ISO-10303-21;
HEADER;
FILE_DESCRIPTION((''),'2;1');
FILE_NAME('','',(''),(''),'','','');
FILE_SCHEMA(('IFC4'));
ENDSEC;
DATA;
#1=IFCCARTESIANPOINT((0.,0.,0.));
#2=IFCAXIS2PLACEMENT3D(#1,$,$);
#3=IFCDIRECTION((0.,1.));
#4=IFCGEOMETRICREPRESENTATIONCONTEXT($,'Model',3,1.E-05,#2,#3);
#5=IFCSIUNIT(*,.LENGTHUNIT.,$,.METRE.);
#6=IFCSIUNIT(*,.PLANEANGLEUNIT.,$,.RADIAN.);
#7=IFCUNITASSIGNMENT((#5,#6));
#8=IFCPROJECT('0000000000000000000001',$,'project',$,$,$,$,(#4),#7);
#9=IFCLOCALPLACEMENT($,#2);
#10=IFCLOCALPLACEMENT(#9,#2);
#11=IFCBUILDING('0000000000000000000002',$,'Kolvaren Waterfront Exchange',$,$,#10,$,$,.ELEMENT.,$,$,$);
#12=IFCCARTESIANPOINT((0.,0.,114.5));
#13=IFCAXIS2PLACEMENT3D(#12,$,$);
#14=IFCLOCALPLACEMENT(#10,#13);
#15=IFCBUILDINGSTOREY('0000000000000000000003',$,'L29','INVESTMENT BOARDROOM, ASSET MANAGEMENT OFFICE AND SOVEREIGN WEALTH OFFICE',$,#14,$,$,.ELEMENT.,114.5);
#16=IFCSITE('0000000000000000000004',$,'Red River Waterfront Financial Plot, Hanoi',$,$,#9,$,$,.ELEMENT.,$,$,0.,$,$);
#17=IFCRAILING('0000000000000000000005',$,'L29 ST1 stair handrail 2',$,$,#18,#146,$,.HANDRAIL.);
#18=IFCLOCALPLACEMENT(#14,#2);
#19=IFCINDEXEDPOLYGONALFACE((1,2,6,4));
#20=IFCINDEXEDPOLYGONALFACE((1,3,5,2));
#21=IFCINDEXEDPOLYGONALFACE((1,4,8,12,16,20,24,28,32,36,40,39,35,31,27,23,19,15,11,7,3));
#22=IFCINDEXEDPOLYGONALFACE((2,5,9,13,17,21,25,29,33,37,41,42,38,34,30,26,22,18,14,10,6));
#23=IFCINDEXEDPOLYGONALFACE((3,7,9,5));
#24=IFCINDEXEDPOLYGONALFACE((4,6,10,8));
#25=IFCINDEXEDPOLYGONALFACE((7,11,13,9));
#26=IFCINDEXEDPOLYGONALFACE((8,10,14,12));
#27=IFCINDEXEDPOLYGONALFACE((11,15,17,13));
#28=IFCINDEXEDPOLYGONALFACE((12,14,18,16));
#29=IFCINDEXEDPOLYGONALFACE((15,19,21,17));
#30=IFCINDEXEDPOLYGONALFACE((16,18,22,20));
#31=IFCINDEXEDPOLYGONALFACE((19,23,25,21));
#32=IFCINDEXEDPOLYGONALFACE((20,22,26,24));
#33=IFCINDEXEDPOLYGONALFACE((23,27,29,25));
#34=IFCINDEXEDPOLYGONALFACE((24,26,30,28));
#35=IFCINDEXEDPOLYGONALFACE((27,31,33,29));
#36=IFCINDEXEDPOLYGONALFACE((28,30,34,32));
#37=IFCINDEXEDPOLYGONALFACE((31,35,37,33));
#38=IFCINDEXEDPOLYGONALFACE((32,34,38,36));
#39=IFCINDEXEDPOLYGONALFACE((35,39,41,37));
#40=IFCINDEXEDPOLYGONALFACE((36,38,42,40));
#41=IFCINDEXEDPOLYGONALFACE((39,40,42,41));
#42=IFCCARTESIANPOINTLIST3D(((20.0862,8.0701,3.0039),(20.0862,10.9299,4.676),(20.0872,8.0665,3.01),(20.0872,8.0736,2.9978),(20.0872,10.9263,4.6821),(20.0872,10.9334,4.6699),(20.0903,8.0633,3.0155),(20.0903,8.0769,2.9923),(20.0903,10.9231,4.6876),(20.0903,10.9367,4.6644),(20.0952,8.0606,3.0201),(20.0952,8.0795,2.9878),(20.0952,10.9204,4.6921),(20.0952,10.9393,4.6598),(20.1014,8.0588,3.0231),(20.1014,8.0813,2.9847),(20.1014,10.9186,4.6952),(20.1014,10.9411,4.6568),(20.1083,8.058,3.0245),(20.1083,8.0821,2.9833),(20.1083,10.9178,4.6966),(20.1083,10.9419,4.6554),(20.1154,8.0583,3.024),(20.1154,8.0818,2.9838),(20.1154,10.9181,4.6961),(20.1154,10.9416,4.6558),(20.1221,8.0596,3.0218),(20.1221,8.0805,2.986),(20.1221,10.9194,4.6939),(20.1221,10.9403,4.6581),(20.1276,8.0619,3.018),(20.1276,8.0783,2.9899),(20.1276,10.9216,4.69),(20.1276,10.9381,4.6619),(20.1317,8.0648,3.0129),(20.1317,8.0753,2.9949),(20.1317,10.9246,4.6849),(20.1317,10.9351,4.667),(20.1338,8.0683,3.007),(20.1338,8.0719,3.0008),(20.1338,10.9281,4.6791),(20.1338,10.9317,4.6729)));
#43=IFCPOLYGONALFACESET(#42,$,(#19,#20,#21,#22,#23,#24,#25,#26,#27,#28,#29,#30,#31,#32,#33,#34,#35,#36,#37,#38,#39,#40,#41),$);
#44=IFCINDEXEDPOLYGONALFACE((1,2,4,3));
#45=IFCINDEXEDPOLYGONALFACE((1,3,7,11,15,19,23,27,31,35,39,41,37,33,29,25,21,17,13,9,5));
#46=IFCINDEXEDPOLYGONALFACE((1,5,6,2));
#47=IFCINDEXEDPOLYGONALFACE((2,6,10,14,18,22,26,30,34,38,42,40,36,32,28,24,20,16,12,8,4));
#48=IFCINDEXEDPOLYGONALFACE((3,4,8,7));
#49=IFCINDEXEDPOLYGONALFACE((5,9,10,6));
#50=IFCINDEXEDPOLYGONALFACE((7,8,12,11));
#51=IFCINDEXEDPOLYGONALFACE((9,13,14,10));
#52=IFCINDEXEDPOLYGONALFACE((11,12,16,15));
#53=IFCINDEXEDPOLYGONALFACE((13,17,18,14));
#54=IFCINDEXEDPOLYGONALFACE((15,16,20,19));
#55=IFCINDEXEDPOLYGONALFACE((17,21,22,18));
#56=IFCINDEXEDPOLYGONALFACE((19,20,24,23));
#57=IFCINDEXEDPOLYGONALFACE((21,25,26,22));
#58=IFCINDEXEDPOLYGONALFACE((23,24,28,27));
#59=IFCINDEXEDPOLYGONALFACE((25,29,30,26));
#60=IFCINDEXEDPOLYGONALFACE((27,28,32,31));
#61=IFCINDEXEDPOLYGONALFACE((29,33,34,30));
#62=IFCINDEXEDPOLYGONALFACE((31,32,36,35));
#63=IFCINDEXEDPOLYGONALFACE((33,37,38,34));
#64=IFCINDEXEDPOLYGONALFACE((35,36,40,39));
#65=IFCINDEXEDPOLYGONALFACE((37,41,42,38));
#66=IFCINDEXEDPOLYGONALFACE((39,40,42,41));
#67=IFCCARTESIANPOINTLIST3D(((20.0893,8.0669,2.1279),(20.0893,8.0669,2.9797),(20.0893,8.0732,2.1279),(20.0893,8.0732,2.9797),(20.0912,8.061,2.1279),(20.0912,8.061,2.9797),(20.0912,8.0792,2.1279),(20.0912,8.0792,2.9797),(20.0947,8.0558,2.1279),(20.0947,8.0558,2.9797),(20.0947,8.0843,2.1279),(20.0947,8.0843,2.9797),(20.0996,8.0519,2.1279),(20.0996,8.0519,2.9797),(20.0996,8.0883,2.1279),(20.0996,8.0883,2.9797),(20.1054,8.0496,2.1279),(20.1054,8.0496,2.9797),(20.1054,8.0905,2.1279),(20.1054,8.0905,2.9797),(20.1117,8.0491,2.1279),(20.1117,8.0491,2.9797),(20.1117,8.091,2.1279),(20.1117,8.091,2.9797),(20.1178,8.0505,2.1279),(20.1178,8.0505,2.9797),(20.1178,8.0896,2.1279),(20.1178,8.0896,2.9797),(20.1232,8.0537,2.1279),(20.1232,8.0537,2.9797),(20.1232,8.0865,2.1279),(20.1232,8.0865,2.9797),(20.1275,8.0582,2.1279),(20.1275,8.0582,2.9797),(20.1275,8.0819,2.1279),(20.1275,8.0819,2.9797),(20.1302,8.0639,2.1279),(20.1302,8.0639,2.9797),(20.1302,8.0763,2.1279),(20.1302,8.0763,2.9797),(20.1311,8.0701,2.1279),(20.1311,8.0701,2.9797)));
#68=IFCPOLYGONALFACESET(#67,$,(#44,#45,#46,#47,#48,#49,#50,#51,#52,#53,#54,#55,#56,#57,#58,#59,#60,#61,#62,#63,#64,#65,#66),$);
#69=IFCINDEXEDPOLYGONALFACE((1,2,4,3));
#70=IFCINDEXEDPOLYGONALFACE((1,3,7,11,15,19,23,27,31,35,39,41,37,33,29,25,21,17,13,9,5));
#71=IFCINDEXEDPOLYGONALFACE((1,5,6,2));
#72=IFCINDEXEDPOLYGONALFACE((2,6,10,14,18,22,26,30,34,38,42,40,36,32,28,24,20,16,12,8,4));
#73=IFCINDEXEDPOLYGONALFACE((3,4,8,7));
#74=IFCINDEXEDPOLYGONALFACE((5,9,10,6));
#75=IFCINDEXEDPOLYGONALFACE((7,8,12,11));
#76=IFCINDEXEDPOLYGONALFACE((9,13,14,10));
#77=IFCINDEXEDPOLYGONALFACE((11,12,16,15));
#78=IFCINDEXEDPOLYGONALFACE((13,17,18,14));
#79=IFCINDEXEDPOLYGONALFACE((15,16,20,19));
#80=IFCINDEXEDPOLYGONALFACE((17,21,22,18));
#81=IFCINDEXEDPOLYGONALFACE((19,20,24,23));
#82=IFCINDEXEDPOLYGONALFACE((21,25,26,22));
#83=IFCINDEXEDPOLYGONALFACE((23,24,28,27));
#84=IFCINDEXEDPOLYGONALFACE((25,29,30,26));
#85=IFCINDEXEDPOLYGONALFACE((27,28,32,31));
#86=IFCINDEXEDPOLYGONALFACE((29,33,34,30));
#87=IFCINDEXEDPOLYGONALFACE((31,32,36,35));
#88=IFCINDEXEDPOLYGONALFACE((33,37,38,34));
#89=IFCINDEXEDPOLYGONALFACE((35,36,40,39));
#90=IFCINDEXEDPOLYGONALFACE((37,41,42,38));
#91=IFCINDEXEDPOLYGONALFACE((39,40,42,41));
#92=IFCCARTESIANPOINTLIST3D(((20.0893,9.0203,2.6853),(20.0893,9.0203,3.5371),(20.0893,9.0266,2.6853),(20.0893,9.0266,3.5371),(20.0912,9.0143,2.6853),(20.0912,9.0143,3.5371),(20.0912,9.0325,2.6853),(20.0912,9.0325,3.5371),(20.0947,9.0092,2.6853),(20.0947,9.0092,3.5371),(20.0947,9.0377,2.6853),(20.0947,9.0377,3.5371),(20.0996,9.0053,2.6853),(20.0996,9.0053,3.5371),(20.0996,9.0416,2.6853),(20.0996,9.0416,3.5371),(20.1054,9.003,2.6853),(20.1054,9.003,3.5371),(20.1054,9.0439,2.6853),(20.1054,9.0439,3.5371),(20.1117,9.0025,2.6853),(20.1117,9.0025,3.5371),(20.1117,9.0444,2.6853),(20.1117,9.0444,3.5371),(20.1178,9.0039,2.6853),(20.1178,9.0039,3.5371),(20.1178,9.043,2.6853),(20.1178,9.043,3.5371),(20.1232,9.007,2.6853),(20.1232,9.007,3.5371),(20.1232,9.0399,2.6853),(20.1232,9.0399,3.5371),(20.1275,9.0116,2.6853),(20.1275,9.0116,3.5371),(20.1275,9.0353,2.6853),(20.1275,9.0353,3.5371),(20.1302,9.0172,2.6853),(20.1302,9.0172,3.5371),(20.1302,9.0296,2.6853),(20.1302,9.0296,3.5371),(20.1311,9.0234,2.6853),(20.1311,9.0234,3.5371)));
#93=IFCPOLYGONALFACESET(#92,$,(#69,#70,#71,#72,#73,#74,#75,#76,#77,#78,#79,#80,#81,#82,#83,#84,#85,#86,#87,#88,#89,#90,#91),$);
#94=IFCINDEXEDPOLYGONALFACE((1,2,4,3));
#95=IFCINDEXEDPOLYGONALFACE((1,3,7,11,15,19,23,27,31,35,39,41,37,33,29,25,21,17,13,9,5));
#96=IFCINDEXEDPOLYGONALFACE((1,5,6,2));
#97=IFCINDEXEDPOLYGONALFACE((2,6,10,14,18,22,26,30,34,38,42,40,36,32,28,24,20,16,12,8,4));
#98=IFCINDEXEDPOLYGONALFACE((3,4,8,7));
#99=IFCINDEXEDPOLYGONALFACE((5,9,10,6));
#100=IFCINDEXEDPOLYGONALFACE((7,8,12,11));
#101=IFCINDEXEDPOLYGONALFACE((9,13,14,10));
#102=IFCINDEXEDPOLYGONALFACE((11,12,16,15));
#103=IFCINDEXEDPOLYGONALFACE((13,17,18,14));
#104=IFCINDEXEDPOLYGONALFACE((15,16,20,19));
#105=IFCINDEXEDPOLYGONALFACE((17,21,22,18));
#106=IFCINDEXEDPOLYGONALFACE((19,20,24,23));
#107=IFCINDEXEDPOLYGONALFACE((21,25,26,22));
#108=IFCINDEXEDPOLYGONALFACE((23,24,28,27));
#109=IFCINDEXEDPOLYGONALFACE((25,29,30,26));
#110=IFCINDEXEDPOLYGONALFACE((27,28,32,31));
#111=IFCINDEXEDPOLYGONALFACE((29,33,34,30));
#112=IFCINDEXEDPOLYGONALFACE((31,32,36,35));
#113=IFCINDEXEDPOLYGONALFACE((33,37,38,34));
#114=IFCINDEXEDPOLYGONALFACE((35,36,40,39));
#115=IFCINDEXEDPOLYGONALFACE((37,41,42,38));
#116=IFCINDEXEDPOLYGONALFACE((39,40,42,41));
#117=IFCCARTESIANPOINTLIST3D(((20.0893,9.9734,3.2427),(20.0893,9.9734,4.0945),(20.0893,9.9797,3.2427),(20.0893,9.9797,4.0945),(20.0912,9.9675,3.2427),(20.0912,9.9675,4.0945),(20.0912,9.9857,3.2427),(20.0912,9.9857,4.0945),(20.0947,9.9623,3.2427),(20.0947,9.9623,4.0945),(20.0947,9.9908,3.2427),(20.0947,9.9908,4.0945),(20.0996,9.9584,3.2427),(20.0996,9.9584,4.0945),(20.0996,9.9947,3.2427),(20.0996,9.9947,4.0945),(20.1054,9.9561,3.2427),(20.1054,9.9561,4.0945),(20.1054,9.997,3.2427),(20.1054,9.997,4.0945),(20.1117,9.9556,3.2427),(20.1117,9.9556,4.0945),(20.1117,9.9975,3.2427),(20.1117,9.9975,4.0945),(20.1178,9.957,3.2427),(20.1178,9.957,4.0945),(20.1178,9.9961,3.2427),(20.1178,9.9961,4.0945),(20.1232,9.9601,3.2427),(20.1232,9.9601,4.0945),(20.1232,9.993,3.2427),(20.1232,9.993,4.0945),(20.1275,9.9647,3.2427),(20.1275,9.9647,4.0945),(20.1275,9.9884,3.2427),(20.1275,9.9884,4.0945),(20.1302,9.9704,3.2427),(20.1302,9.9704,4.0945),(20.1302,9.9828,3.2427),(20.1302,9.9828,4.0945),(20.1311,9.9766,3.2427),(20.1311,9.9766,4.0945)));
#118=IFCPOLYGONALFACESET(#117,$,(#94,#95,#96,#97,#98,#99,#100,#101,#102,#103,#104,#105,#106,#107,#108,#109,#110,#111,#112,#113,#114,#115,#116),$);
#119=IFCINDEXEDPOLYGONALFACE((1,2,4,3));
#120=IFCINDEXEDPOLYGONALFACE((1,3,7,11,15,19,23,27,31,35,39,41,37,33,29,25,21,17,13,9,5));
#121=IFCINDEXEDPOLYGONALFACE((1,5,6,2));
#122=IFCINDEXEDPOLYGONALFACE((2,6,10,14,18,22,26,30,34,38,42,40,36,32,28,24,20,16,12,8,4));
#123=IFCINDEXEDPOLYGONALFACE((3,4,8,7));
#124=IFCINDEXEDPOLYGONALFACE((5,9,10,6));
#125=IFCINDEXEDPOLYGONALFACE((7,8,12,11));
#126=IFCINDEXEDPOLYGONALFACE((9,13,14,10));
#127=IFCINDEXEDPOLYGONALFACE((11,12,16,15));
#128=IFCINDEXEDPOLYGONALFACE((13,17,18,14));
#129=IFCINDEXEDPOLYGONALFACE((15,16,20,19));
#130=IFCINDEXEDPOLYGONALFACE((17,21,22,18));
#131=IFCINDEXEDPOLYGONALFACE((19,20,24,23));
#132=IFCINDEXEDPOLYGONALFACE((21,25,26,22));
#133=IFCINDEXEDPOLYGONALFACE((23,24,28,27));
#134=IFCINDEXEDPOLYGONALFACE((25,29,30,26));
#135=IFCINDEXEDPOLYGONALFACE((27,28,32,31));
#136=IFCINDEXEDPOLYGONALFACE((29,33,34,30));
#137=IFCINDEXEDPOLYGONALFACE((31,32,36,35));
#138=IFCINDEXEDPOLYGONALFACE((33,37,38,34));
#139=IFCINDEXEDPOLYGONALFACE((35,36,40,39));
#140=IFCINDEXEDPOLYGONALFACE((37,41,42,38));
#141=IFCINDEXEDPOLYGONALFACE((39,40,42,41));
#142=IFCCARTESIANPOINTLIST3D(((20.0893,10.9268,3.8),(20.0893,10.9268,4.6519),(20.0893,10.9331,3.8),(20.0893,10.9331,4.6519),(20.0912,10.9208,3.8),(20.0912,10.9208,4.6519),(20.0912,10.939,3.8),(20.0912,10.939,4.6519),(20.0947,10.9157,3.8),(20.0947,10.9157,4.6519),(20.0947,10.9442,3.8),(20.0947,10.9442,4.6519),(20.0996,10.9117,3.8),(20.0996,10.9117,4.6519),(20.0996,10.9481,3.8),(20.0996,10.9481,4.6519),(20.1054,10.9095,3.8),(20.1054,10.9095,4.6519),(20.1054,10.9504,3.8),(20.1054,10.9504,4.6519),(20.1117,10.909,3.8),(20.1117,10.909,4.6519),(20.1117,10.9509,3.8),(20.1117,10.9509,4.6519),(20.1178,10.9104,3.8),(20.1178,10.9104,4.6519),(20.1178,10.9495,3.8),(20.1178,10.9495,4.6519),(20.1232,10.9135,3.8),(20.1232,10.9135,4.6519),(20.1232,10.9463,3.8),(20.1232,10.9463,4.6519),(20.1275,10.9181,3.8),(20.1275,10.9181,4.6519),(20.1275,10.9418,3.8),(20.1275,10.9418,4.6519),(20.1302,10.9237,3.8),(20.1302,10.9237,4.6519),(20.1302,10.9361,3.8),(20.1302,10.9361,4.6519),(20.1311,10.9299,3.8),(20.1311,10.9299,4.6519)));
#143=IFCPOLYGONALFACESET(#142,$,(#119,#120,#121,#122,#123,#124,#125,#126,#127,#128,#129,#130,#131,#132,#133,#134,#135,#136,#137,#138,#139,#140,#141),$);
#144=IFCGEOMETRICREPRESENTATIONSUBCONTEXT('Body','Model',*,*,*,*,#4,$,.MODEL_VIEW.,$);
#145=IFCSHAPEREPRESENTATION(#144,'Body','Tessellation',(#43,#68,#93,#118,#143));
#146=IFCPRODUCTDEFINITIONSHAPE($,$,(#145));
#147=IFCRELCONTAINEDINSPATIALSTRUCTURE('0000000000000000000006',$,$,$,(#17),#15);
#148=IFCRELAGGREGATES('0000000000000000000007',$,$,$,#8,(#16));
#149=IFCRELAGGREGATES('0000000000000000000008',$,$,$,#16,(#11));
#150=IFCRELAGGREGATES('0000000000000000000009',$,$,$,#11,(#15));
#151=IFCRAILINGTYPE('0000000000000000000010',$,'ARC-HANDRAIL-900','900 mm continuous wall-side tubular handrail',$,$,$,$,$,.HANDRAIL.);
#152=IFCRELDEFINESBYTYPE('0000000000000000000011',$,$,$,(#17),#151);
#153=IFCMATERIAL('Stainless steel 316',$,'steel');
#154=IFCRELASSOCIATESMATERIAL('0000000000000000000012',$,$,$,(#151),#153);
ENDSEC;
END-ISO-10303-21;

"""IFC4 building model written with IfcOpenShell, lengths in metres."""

from ifc_helpers import new_model, si_unit, direction, frame, origin, origin_2d, place, context, subcontext, project, spatial, circle, extrude, material, type_object, element, save


model = new_model("IFC4")

# Units and contexts
model_context = context("Model", 3, precision=1e-05, world=origin(), true_north=direction((0.0, 1.0)))
body_context = subcontext(model_context, "Body", "Model", "MODEL_VIEW")
ifc_project = project(units=[si_unit("LENGTHUNIT", "METRE"), si_unit("PLANEANGLEUNIT", "RADIAN")], contexts=[model_context])

# Site, building, storey
site_placement = place(None, origin())
site = spatial("IfcSite", under=ifc_project, at=site_placement, Name="Red River Waterfront Financial Plot, Hanoi", CompositionType="ELEMENT", RefElevation=0.0)
building_placement = place(site_placement, origin())
building = spatial("IfcBuilding", under=site, at=building_placement, Name="Kolvaren Waterfront Exchange", CompositionType="ELEMENT")
storey_placement = place(building_placement, frame((0.0, 0.0, 114.5)))
storey = spatial("IfcBuildingStorey", under=building, at=storey_placement, Name="L29", Description="INVESTMENT BOARDROOM, ASSET MANAGEMENT OFFICE AND SOVEREIGN WEALTH OFFICE", CompositionType="ELEMENT", Elevation=114.5)

# Railing
ifc_material_1 = material(Name="Stainless steel 316", Category="steel")
railing_type_1 = type_object("IfcRailingType", Name="ARC-HANDRAIL-900", Description="900 mm continuous wall-side tubular handrail", PredefinedType="HANDRAIL", material=ifc_material_1)
railing_1_placement = place(storey_placement, frame((20.1101, 8.0701, 2.1279)))
element("IfcRailing", 1, at=railing_1_placement, inside=storey, type_object=railing_type_1, Name="L29 ST1 stair handrail 2", PredefinedType="HANDRAIL", context=body_context, shape_type="SweptSolid", body=[
    extrude(circle(Radius=0.0239, at=origin_2d()), frame((0.0, 0.0, 0.876), z_axis=(0.0, 0.863271, 0.504741), x_axis=(-1.0, 0.0, 0.0)), (0.0, 0.0, 1.0), 3.3127),
    extrude(circle(Radius=0.021, at=origin_2d()), origin(), (0.0, 0.0, 1.0), 0.8518),
    extrude(circle(Radius=0.021, at=origin_2d()), frame((0.0, 0.9534, 0.5574)), (0.0, 0.0, 1.0), 0.8518),
    extrude(circle(Radius=0.021, at=origin_2d()), frame((0.0, 1.9065, 1.1147)), (0.0, 0.0, 1.0), 0.8518),
    extrude(circle(Radius=0.021, at=origin_2d()), frame((0.0, 2.8599, 1.6721)), (0.0, 0.0, 1.0), 0.8518),
])

save(model, "model.ifc")
